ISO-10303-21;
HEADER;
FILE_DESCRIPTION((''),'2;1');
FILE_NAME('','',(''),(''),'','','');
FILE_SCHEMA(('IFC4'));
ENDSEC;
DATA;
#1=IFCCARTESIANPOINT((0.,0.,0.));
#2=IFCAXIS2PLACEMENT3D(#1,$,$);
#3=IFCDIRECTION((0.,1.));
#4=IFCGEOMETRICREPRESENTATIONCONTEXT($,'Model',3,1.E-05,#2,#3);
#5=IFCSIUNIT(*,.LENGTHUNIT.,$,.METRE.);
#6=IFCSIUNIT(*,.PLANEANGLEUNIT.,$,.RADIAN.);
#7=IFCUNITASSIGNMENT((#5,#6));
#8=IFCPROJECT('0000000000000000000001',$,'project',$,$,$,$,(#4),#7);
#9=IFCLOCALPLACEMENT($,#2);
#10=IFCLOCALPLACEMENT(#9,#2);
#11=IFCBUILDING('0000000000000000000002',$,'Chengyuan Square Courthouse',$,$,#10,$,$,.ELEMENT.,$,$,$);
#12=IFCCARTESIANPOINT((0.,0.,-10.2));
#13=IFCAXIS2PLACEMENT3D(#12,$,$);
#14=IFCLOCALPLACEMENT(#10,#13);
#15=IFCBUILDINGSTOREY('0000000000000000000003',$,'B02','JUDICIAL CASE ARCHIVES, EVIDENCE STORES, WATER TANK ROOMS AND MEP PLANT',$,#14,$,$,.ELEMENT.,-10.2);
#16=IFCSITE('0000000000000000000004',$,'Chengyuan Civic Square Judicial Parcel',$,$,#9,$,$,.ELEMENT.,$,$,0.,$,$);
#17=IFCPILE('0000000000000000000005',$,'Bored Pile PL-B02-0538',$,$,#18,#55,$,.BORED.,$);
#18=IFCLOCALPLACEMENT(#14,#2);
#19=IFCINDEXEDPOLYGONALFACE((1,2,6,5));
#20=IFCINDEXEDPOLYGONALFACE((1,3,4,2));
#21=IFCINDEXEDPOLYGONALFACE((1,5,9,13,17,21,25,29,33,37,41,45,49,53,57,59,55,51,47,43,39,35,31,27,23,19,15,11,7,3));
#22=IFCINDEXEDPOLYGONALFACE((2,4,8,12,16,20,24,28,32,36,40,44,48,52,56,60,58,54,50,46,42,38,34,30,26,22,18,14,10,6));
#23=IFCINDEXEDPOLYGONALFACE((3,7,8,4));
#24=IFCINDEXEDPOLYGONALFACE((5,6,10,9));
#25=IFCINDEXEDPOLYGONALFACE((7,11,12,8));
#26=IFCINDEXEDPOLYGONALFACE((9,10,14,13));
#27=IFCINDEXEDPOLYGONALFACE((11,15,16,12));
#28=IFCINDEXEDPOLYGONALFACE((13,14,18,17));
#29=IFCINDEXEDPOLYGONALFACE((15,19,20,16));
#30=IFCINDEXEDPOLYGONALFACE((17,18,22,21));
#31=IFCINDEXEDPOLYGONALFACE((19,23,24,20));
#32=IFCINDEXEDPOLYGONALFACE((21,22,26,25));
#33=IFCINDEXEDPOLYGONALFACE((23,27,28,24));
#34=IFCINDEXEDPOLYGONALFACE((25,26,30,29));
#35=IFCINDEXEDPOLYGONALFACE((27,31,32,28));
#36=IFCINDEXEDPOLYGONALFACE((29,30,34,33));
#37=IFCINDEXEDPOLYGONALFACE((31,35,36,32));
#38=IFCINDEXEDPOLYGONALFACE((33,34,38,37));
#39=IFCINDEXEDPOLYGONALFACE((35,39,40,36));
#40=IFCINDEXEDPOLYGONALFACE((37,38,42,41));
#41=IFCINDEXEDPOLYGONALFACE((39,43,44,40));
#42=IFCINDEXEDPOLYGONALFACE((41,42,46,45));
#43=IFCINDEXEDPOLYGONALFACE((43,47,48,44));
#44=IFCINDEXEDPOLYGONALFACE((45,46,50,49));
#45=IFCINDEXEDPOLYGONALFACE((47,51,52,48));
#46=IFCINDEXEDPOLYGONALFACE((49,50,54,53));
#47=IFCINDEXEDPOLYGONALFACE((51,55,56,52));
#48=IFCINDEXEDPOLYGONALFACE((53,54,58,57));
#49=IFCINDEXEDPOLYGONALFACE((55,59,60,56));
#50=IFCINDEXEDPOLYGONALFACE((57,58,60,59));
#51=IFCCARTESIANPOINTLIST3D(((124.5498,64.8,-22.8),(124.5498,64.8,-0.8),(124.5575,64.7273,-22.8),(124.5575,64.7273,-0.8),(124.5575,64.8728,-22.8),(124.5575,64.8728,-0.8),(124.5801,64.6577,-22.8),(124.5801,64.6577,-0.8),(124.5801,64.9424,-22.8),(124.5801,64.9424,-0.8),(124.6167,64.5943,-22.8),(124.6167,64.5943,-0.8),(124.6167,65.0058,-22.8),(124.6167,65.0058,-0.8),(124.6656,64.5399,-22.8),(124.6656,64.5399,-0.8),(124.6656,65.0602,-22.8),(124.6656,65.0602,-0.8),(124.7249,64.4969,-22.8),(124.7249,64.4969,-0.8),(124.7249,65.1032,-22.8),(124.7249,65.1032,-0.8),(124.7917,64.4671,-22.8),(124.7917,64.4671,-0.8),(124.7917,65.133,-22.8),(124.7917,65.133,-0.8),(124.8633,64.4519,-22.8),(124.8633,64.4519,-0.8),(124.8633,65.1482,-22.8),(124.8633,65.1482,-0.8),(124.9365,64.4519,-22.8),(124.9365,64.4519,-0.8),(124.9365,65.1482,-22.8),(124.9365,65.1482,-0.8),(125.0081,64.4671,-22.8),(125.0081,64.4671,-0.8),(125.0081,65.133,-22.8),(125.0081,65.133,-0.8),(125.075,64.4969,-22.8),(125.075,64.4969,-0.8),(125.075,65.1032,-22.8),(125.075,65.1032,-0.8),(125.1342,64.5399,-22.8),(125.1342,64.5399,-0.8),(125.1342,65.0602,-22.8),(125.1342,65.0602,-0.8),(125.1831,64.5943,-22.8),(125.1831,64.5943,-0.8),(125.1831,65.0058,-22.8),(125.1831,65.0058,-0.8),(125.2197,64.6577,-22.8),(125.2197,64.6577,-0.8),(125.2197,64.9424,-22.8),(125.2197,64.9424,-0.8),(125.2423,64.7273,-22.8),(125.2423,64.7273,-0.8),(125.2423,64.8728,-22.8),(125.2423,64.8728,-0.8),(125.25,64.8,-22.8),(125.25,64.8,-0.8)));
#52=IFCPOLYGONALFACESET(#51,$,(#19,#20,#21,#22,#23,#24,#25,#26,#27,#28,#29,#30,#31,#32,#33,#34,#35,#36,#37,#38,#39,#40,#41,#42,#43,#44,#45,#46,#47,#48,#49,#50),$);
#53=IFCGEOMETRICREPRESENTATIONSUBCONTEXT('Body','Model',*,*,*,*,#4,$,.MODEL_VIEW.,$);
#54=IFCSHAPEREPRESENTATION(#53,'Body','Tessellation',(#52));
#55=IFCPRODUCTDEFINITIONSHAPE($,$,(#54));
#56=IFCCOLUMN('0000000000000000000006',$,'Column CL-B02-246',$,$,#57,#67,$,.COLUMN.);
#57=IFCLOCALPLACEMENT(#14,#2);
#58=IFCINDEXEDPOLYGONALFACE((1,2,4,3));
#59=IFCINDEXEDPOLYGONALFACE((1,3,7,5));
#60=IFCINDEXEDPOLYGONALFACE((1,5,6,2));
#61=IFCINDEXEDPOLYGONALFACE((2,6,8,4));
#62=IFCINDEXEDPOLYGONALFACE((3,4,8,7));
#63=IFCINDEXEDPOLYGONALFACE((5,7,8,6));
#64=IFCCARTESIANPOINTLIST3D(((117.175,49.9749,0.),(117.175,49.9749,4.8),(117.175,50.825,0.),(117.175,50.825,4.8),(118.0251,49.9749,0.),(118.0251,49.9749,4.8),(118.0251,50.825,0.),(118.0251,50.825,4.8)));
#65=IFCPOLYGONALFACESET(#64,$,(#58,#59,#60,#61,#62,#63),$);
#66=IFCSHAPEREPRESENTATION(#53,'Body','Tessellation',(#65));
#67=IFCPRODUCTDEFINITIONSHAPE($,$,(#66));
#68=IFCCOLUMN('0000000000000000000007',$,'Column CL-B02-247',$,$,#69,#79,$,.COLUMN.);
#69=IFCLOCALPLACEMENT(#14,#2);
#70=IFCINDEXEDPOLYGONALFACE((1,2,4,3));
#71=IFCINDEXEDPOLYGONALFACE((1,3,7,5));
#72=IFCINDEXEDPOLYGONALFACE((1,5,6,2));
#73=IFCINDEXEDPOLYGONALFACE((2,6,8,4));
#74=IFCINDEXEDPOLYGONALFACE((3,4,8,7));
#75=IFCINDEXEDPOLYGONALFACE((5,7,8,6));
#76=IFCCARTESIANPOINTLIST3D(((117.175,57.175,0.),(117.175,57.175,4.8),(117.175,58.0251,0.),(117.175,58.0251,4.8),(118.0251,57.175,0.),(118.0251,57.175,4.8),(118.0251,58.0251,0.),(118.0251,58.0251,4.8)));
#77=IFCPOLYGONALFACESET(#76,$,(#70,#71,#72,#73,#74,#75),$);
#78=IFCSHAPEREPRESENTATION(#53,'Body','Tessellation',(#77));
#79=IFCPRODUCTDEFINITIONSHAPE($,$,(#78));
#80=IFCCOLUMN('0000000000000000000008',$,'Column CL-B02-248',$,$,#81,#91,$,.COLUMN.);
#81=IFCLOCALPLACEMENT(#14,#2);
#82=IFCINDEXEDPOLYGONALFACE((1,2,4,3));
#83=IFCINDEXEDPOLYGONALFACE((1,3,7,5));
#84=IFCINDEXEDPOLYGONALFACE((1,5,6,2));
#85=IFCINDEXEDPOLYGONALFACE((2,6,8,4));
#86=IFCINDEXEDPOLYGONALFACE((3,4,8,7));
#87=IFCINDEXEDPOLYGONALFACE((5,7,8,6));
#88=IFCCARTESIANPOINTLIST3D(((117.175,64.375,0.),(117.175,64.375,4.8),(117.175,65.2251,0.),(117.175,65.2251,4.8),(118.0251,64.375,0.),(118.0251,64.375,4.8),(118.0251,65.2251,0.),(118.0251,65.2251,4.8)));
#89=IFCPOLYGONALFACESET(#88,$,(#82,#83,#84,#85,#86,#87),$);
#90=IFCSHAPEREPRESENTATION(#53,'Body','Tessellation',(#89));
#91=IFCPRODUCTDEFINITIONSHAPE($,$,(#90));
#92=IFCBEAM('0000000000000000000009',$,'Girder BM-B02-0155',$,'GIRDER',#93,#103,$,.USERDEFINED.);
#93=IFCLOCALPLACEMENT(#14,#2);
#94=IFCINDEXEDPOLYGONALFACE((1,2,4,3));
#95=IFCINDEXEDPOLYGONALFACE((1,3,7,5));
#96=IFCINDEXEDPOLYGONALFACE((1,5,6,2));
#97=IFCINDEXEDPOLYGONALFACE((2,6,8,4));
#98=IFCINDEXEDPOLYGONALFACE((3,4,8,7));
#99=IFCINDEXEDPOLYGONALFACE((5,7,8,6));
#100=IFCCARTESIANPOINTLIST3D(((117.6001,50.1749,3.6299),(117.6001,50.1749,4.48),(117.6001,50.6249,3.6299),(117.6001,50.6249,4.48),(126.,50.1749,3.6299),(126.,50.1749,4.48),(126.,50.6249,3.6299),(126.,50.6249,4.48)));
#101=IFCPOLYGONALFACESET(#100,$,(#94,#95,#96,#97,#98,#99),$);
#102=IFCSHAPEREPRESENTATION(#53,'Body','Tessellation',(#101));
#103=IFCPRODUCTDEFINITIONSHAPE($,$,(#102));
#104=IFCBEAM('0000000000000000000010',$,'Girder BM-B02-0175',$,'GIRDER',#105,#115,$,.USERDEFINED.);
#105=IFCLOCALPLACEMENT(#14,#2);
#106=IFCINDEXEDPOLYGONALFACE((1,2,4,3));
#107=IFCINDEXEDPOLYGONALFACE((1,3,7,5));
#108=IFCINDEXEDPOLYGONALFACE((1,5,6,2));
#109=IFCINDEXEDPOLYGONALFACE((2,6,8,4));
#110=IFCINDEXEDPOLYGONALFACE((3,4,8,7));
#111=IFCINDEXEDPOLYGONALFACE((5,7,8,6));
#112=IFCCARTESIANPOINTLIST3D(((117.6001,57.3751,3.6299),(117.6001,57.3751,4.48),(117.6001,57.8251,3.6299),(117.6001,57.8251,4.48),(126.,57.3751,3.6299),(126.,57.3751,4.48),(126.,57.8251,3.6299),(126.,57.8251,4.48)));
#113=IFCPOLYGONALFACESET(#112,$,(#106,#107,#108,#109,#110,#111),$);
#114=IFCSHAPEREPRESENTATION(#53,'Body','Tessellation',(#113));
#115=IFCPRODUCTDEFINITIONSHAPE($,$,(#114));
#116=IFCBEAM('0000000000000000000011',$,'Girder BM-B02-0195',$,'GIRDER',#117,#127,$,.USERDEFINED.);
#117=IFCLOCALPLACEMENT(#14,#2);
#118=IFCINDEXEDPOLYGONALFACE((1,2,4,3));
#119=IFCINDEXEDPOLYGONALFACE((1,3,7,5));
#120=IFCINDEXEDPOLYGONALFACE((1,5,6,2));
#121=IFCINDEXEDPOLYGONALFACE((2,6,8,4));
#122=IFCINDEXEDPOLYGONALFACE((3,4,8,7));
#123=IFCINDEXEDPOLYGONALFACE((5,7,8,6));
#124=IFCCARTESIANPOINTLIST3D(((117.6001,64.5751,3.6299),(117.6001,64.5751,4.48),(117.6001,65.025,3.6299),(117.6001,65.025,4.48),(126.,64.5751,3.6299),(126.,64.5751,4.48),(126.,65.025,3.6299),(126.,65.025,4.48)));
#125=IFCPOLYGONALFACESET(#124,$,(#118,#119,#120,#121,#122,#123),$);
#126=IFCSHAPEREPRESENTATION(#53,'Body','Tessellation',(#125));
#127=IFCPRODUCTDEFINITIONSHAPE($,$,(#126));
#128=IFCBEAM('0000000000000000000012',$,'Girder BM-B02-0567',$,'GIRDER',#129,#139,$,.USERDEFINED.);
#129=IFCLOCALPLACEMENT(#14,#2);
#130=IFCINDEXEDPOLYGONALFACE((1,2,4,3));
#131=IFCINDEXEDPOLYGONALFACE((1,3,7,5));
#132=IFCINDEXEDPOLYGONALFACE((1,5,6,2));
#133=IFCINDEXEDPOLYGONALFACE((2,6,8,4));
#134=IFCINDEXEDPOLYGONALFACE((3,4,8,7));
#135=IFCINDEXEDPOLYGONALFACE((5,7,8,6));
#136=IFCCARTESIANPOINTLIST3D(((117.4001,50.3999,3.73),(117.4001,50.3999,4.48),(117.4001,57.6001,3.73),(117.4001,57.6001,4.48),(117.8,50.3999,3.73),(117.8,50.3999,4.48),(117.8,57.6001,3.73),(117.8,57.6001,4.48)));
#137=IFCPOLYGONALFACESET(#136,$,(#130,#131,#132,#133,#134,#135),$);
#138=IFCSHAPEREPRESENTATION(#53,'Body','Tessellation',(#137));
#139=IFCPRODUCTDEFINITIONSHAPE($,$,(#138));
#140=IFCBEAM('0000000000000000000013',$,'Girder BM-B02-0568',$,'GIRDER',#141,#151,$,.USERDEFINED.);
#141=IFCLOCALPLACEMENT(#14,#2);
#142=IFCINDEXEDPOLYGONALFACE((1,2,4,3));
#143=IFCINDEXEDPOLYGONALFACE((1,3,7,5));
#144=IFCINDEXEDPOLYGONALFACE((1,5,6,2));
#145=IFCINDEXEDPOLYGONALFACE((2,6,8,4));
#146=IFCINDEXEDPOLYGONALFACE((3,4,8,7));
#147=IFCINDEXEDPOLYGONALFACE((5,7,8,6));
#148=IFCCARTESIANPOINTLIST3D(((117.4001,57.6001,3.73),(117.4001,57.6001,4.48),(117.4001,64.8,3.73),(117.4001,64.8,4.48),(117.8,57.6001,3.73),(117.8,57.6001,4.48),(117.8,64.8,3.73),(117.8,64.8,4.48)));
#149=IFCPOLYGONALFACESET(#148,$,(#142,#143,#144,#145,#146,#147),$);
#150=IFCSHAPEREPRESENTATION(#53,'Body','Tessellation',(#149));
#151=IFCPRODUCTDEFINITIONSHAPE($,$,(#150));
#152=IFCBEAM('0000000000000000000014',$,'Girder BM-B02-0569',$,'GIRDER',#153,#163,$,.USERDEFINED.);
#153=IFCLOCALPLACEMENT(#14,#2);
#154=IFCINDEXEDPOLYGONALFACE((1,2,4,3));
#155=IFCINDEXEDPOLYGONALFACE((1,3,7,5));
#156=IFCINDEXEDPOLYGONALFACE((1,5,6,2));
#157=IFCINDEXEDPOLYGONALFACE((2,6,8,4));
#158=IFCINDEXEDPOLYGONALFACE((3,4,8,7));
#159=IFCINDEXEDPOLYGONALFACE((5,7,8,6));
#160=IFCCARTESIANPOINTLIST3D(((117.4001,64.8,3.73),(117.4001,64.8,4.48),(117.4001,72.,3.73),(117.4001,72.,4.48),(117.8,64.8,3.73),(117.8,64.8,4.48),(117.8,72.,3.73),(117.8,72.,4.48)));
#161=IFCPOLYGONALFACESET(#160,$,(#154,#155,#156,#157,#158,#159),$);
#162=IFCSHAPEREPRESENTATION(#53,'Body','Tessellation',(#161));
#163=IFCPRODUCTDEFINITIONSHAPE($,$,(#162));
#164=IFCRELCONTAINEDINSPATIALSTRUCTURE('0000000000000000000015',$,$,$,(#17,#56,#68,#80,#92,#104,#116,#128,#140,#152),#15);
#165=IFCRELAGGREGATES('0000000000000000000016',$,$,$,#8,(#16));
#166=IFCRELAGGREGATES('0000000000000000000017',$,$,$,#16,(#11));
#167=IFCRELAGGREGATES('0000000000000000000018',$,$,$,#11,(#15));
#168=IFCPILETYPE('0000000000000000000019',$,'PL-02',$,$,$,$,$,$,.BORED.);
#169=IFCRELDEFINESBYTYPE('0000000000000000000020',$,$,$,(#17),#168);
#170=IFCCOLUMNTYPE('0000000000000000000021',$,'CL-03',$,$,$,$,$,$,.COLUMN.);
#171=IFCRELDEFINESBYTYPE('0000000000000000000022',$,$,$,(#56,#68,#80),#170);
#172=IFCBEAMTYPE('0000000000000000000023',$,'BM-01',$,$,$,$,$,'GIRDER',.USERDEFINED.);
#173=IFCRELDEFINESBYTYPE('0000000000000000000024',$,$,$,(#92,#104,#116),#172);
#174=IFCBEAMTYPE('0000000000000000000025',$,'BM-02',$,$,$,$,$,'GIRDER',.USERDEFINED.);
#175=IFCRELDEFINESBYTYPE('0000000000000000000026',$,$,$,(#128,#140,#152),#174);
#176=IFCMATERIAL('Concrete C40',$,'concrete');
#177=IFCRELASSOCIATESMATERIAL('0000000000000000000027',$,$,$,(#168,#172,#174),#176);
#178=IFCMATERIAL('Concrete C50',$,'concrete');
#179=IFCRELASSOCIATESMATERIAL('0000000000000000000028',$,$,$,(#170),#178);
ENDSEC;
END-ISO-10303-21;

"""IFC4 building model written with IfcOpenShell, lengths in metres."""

from ifc_helpers import new_model, si_unit, direction, frame, origin, origin_2d, place, context, subcontext, project, spatial, rectangle, circle, extrude, material, material_profile, profile_set, type_object, element, save


model = new_model("IFC4")

# Units and contexts
model_context = context("Model", 3, precision=1e-05, world=origin(), true_north=direction((0.0, 1.0)))
body_context = subcontext(model_context, "Body", "Model", "MODEL_VIEW")
ifc_project = project(units=[si_unit("LENGTHUNIT", "METRE"), si_unit("PLANEANGLEUNIT", "RADIAN")], contexts=[model_context])

# Site, building, storey
site_placement = place(None, origin())
site = spatial("IfcSite", under=ifc_project, at=site_placement, Name="Chengyuan Civic Square Judicial Parcel", CompositionType="ELEMENT", RefElevation=0.0)
building_placement = place(site_placement, origin())
building = spatial("IfcBuilding", under=site, at=building_placement, Name="Chengyuan Square Courthouse", CompositionType="ELEMENT")
storey_placement = place(building_placement, frame((0.0, 0.0, -10.2)))
storey = spatial("IfcBuildingStorey", under=building, at=storey_placement, Name="B02", Description="JUDICIAL CASE ARCHIVES, EVIDENCE STORES, WATER TANK ROOMS AND MEP PLANT", CompositionType="ELEMENT", Elevation=-10.2)

# Shared definitions
ifc_material_1 = material(Name="Concrete C40", Category="concrete")

# Pile
ifc_material_profile_1 = material_profile(ifc_material_1, circle(Radius=0.3501, at=origin_2d()), Name="BORED PILE D700")
ifc_profile_set_1 = profile_set([ifc_material_profile_1], Name="Concrete C40")
pile_type_1 = type_object("IfcPileType", Name="PL-02", PredefinedType="BORED", material=ifc_profile_set_1)
for number, where, z_axis, x_axis, name in (
    (1, (124.8999, 64.8, -0.8), (0.0, 0.0, -1.0), (1.0, 0.0, 0.0), "Bored Pile PL-B02-0538"),
):
    element("IfcPile", number, at=place(storey_placement, frame(where, z_axis=z_axis, x_axis=x_axis)), inside=storey, type_object=pile_type_1, Name=name, PredefinedType="BORED", context=body_context, shape_type="SweptSolid", body=[
        extrude(circle(Radius=0.3501, at=origin_2d()), origin(), (0.0, 0.0, 1.0), 22.0),
    ])

# Columns
ifc_material_2 = material(Name="Concrete C50", Category="concrete")
ifc_material_profile_2 = material_profile(ifc_material_2, rectangle(XDim=0.8501, YDim=0.8501, at=origin_2d()), Name="RC-COL-850x850")
ifc_profile_set_2 = profile_set([ifc_material_profile_2], Name="Concrete C50")
column_type = type_object("IfcColumnType", Name="CL-03", PredefinedType="COLUMN", material=ifc_profile_set_2)
for number, where, z_axis, x_axis, name in (
    (2, (117.6001, 50.3999, 0.0), (0.0, 0.0, 1.0), (1.0, 0.0, 0.0), "Column CL-B02-246"),
    (3, (117.6001, 57.6001, 0.0), (0.0, 0.0, 1.0), (1.0, 0.0, 0.0), "Column CL-B02-247"),
    (4, (117.6001, 64.8, 0.0), (0.0, 0.0, 1.0), (1.0, 0.0, 0.0), "Column CL-B02-248"),
):
    element("IfcColumn", number, at=place(storey_placement, frame(where, z_axis=z_axis, x_axis=x_axis)), inside=storey, type_object=column_type, Name=name, PredefinedType="COLUMN", context=body_context, shape_type="SweptSolid", body=[
        extrude(rectangle(XDim=0.8501, YDim=0.8501, at=origin_2d()), origin(), (0.0, 0.0, 1.0), 4.8),
    ])

# Beams
ifc_material_profile_3 = material_profile(ifc_material_1, rectangle(XDim=0.45, YDim=0.8501, at=origin_2d()), Name="RC-BM-450x850")
ifc_profile_set_3 = profile_set([ifc_material_profile_3], Name="Concrete C40")
beam_type_1 = type_object("IfcBeamType", Name="BM-01", ElementType="GIRDER", PredefinedType="USERDEFINED", material=ifc_profile_set_3)
for number, where, z_axis, x_axis, name in (
    (5, (117.6001, 50.3999, 4.0549), (1.0, 0.0, 0.0), (0.0, 1.0, 0.0), "Girder BM-B02-0155"),
    (6, (117.6001, 57.6001, 4.0549), (1.0, 0.0, 0.0), (0.0, 1.0, 0.0), "Girder BM-B02-0175"),
    (7, (117.6001, 64.8, 4.0549), (1.0, 0.0, 0.0), (0.0, 1.0, 0.0), "Girder BM-B02-0195"),
):
    element("IfcBeam", number, at=place(storey_placement, frame(where, z_axis=z_axis, x_axis=x_axis)), inside=storey, type_object=beam_type_1, Name=name, ObjectType="GIRDER", PredefinedType="USERDEFINED", context=body_context, shape_type="SweptSolid", body=[
        extrude(rectangle(XDim=0.45, YDim=0.8501, at=origin_2d()), origin(), (0.0, 0.0, 1.0), 8.3999),
    ])
ifc_material_profile_4 = material_profile(ifc_material_1, rectangle(XDim=0.3999, YDim=0.75, at=origin_2d()), Name="RC-BM-400x750")
ifc_profile_set_4 = profile_set([ifc_material_profile_4], Name="Concrete C40")
beam_type_2 = type_object("IfcBeamType", Name="BM-02", ElementType="GIRDER", PredefinedType="USERDEFINED", material=ifc_profile_set_4)
beam_placement = place(storey_placement, frame((117.6001, 50.3999, 4.105), z_axis=(0.0, 1.0, 0.0), x_axis=(-1.0, 0.0, 0.0)))
element("IfcBeam", 8, at=beam_placement, inside=storey, type_object=beam_type_2, Name="Girder BM-B02-0567", ObjectType="GIRDER", PredefinedType="USERDEFINED", context=body_context, shape_type="SweptSolid", body=[
    extrude(rectangle(XDim=0.3999, YDim=0.75, at=origin_2d()), origin(), (0.0, 0.0, 1.0), 7.2002),
])
for number, where, z_axis, x_axis, name in (
    (9, (117.6001, 57.6001, 4.105), (0.0, 1.0, 0.0), (-1.0, 0.0, 0.0), "Girder BM-B02-0568"),
    (10, (117.6001, 64.8, 4.105), (0.0, 1.0, 0.0), (-1.0, 0.0, 0.0), "Girder BM-B02-0569"),
):
    element("IfcBeam", number, at=place(storey_placement, frame(where, z_axis=z_axis, x_axis=x_axis)), inside=storey, type_object=beam_type_2, Name=name, ObjectType="GIRDER", PredefinedType="USERDEFINED", context=body_context, shape_type="SweptSolid", body=[
        extrude(rectangle(XDim=0.3999, YDim=0.75, at=origin_2d()), origin(), (0.0, 0.0, 1.0), 7.2),
    ])

save(model, "model.ifc")
